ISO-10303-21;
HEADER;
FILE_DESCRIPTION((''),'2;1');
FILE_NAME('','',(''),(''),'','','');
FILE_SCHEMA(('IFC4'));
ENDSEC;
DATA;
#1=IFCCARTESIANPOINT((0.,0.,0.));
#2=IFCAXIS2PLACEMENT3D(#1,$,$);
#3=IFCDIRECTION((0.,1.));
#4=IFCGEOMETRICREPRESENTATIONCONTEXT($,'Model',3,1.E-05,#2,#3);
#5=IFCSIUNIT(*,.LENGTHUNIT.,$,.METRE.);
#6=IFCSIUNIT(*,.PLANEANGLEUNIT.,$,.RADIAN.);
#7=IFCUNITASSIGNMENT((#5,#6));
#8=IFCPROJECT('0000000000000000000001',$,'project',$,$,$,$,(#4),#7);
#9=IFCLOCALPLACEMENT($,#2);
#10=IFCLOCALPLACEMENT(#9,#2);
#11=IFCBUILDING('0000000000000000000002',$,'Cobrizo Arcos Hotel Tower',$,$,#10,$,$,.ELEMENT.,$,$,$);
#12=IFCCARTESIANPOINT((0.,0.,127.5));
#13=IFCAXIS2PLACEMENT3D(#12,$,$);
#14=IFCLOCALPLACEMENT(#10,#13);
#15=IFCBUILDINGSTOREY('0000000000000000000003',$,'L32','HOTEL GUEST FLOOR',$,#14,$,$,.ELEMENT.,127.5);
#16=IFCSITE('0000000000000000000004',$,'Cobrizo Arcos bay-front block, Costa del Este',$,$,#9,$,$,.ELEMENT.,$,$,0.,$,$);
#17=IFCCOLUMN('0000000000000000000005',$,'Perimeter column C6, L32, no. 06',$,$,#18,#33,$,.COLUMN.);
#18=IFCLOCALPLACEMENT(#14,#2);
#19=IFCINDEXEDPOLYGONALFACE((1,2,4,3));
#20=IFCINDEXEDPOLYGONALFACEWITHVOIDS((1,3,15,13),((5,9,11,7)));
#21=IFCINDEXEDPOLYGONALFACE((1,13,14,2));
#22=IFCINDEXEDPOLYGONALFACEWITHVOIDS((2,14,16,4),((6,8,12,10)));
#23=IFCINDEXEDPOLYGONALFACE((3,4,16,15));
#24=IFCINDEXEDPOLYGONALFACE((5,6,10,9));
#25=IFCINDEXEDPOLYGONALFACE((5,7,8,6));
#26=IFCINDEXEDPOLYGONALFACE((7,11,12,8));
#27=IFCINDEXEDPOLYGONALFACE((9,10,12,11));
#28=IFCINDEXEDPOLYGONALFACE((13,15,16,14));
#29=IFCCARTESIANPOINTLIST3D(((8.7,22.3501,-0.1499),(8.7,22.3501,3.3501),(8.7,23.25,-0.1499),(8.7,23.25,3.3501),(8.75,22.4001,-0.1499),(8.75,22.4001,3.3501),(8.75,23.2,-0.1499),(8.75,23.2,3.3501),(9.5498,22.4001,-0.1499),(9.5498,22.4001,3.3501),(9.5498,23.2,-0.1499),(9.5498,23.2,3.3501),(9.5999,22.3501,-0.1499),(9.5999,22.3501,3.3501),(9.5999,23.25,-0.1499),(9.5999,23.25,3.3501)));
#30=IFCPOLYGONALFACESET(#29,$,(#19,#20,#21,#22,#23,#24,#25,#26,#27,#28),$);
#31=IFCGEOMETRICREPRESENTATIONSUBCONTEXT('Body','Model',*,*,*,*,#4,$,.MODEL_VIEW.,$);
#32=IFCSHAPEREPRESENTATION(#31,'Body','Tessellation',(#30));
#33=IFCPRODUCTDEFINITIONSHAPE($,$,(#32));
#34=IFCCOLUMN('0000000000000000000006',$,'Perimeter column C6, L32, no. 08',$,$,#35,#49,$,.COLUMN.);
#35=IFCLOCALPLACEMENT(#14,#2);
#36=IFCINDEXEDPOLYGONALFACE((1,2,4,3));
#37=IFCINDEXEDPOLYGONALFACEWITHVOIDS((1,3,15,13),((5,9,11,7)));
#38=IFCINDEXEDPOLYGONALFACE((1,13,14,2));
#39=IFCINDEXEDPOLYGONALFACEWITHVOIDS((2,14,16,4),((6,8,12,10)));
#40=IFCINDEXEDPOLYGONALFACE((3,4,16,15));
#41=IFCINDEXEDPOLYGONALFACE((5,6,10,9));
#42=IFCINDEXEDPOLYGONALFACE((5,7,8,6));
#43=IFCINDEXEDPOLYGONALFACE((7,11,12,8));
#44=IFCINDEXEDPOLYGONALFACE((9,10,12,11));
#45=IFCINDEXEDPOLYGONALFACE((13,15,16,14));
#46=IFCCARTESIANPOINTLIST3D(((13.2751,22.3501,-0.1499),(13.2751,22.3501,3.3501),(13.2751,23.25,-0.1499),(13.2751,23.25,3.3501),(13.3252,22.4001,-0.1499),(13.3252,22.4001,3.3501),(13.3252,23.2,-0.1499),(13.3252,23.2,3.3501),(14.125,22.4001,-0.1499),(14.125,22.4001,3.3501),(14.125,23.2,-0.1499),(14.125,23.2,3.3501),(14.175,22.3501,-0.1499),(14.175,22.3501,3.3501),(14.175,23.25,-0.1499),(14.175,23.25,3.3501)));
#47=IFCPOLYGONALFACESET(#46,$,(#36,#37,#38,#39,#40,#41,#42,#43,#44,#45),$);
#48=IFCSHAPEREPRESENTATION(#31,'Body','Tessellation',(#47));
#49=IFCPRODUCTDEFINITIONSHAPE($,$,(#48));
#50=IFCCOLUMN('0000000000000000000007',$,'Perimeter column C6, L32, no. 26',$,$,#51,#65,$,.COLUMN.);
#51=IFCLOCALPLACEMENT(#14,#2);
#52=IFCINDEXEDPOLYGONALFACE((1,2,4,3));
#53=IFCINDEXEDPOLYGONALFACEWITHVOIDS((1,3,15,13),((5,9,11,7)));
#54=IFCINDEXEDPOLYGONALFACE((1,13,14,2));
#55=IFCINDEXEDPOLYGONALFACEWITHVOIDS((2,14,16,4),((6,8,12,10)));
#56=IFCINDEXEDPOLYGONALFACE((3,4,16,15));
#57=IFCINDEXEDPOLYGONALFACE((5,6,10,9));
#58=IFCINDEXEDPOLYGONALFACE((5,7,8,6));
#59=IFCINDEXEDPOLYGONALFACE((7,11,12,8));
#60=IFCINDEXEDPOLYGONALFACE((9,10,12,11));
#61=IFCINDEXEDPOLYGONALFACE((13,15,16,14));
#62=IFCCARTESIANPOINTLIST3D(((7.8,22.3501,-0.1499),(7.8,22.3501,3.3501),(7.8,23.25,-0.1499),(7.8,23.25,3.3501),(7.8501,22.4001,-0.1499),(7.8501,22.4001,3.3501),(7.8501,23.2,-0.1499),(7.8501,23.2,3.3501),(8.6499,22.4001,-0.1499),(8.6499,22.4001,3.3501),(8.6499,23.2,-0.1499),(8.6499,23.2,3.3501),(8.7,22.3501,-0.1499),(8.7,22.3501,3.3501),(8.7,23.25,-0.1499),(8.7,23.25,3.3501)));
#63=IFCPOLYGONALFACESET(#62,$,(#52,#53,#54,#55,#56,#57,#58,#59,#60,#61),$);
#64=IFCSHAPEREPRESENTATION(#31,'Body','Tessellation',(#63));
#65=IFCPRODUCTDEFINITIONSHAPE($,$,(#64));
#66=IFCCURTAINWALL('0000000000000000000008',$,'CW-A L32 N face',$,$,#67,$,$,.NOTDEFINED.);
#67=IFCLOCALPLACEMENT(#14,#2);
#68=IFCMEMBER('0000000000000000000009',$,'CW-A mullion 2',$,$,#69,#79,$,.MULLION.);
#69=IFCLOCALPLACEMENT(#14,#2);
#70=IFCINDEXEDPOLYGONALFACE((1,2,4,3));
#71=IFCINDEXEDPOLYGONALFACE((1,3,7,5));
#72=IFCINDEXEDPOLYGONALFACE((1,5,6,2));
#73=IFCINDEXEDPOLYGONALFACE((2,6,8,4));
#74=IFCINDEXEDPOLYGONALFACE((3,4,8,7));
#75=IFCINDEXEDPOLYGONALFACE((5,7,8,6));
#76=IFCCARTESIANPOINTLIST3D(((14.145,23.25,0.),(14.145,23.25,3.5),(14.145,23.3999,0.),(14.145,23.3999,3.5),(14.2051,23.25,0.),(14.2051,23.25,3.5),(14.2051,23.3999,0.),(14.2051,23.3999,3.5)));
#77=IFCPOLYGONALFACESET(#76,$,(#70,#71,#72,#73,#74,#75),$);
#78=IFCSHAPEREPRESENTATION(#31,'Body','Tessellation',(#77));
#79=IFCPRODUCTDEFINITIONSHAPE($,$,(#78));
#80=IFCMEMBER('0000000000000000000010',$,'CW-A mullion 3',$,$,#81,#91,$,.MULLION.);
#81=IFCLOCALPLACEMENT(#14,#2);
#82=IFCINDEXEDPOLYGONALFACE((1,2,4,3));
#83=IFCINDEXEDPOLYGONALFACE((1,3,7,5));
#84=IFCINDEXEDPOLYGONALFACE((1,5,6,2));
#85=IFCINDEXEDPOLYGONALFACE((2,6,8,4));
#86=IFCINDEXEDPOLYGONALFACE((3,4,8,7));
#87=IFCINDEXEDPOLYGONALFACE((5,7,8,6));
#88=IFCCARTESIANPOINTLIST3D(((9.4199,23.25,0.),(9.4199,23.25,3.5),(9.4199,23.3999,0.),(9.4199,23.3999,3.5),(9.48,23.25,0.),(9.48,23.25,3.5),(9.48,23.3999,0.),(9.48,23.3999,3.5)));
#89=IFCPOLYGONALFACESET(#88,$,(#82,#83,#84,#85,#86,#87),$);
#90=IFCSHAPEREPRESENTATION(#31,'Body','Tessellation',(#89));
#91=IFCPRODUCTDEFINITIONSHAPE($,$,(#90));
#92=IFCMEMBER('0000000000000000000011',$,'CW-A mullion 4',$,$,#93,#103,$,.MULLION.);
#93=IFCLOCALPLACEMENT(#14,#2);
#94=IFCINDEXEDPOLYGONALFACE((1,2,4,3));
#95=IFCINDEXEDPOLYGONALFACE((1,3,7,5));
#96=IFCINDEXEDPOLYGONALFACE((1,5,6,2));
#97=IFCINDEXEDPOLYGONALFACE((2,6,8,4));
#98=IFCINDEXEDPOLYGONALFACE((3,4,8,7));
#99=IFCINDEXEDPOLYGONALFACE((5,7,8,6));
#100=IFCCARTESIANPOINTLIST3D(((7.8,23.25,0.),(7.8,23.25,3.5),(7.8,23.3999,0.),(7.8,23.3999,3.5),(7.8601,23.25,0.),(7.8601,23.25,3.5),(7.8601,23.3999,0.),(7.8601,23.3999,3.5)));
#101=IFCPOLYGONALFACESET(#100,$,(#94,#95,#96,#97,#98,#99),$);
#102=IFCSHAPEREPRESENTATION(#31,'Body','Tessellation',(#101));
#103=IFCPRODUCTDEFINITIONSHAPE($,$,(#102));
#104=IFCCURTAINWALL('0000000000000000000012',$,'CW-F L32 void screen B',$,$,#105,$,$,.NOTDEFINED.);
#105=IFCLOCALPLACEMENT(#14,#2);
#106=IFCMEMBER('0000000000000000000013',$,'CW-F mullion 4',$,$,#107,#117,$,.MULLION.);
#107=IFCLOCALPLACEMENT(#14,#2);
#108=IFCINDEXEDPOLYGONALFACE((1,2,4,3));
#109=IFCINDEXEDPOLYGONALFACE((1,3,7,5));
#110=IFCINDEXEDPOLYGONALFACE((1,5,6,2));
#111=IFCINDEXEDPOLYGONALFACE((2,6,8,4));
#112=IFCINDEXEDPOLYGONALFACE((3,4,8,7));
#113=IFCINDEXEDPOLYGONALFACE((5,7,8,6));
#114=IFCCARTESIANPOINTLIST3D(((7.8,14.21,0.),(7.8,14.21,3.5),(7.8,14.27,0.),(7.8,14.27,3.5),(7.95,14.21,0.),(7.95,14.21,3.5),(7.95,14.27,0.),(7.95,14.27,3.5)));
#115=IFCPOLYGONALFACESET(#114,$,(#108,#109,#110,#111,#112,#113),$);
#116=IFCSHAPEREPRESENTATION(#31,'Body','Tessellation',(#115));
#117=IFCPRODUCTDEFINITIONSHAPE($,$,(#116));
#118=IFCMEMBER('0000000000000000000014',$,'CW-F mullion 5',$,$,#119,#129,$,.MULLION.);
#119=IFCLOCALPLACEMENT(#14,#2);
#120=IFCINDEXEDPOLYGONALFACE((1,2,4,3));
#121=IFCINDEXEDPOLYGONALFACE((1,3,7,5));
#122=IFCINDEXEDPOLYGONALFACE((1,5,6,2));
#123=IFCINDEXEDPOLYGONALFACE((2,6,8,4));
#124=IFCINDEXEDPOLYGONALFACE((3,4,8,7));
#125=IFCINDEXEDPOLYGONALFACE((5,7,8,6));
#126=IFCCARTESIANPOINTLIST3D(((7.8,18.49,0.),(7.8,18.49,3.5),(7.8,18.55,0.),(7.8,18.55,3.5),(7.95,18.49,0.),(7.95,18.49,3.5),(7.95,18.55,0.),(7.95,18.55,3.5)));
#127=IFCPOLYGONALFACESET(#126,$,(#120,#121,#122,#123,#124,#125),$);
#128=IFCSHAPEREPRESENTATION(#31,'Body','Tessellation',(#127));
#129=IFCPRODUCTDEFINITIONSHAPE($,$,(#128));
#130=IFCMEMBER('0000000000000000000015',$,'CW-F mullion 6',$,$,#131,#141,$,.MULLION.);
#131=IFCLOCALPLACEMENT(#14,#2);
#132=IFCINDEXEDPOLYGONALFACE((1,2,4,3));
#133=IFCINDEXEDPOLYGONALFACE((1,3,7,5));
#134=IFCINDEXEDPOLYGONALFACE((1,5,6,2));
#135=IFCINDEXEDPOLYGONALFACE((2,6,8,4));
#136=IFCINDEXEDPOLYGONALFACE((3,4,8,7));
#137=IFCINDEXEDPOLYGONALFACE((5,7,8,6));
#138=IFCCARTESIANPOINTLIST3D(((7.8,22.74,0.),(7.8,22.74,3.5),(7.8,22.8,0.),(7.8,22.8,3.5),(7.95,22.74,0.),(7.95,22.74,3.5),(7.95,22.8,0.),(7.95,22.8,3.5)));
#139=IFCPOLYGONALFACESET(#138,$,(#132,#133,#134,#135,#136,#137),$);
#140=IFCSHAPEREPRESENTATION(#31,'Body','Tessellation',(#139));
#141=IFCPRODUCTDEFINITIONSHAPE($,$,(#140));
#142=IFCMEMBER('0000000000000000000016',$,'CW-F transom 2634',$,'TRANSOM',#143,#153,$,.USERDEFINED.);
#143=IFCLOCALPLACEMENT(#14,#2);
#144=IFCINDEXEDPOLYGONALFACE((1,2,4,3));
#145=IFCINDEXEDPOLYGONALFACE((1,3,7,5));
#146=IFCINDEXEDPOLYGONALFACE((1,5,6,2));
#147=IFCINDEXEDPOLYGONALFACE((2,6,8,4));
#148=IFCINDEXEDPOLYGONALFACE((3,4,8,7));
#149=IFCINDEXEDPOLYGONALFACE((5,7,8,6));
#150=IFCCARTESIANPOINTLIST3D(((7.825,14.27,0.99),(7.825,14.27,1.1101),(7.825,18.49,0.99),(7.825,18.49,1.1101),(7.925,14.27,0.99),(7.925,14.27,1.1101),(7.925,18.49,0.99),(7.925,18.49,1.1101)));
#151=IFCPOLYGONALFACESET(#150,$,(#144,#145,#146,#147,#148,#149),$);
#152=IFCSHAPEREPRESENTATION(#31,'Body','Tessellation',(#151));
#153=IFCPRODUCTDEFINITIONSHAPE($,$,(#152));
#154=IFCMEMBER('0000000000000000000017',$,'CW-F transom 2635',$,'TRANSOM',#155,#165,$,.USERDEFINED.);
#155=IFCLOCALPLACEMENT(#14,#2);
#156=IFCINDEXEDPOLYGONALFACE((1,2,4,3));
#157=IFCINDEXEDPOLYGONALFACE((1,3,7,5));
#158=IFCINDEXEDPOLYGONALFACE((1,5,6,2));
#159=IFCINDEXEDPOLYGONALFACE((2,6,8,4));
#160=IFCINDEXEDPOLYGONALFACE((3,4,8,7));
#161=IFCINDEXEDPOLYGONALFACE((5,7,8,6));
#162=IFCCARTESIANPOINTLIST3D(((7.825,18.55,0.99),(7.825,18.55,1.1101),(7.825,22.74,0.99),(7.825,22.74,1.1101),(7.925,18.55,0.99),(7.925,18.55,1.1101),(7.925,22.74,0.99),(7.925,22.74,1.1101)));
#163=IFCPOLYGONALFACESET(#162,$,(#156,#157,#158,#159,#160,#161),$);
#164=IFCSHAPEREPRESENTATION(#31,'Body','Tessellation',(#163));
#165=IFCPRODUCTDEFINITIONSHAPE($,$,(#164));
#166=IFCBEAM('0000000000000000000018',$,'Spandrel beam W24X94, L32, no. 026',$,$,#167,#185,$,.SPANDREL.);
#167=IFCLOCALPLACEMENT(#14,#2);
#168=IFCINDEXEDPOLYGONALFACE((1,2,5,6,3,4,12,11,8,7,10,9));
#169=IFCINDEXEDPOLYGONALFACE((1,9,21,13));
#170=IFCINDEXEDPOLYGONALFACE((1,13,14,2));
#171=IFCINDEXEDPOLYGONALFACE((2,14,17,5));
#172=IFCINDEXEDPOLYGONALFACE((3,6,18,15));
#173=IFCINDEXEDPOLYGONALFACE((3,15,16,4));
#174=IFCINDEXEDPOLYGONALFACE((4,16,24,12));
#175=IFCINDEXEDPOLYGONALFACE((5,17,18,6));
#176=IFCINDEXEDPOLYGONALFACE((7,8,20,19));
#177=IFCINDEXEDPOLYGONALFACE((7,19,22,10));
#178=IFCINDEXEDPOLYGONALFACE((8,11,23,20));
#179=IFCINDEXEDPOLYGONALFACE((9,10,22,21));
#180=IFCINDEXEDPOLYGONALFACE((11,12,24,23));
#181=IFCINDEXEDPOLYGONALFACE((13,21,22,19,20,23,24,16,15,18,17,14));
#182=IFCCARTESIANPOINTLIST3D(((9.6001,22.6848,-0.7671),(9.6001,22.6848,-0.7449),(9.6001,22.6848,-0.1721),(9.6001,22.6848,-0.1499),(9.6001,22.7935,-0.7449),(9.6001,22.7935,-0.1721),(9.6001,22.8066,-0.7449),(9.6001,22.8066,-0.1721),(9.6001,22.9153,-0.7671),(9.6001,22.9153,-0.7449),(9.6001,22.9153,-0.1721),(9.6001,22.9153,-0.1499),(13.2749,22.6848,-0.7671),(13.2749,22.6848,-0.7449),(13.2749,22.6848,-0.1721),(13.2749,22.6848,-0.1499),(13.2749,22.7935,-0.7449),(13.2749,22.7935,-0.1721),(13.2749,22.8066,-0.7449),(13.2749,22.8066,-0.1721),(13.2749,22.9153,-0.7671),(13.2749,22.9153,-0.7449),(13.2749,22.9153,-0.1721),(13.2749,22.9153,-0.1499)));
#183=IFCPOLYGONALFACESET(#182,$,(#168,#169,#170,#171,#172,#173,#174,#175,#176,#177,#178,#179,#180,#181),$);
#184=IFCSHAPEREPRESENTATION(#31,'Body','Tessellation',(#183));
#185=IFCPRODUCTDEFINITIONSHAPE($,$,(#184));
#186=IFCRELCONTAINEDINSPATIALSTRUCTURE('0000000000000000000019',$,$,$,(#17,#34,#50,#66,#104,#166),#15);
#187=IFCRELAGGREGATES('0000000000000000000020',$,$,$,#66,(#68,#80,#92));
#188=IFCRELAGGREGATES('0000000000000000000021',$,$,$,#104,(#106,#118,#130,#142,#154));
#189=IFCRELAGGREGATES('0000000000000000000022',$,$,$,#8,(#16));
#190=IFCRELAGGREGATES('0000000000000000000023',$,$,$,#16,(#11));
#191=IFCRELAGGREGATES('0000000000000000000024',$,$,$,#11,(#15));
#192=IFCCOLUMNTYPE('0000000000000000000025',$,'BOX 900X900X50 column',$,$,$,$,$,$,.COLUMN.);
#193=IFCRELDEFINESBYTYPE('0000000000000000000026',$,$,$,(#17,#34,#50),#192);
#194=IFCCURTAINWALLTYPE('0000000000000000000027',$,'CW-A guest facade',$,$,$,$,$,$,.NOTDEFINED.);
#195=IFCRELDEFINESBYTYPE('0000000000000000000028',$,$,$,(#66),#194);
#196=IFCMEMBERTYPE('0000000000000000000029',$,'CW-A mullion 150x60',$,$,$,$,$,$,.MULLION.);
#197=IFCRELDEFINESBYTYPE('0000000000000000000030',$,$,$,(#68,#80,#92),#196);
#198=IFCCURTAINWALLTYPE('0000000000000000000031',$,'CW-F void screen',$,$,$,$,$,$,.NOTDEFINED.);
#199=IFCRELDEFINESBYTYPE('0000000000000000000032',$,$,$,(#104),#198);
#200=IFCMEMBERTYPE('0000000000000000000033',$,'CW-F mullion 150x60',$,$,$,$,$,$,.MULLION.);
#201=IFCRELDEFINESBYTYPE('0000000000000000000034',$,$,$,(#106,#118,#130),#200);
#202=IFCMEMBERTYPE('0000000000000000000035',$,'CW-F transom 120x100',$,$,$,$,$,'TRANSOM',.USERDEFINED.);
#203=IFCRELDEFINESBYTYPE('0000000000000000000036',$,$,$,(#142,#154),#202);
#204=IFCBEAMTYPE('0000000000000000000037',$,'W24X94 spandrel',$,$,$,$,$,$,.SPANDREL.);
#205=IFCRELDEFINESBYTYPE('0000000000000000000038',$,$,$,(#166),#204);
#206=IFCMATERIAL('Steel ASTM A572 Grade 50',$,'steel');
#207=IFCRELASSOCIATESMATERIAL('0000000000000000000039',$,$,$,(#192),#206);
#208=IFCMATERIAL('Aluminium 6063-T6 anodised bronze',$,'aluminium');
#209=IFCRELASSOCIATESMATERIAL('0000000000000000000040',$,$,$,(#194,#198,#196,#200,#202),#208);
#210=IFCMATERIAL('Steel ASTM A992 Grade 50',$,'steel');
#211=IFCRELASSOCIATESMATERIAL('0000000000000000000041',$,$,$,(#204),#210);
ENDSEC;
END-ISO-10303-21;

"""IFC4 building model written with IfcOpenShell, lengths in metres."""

from ifc_helpers import new_model, si_unit, direction, frame, origin, origin_2d, place, context, subcontext, project, spatial, rectangle, hollow_rectangle, i_section, extrude, material, material_profile, profile_set, type_object, element, aggregate, save


model = new_model("IFC4")

# Units and contexts
model_context = context("Model", 3, precision=1e-05, world=origin(), true_north=direction((0.0, 1.0)))
body_context = subcontext(model_context, "Body", "Model", "MODEL_VIEW")
ifc_project = project(units=[si_unit("LENGTHUNIT", "METRE"), si_unit("PLANEANGLEUNIT", "RADIAN")], contexts=[model_context])

# Site, building, storey
site_placement = place(None, origin())
site = spatial("IfcSite", under=ifc_project, at=site_placement, Name="Cobrizo Arcos bay-front block, Costa del Este", CompositionType="ELEMENT", RefElevation=0.0)
building_placement = place(site_placement, origin())
building = spatial("IfcBuilding", under=site, at=building_placement, Name="Cobrizo Arcos Hotel Tower", CompositionType="ELEMENT")
storey_placement = place(building_placement, frame((0.0, 0.0, 127.5)))
storey = spatial("IfcBuildingStorey", under=building, at=storey_placement, Name="L32", Description="HOTEL GUEST FLOOR", CompositionType="ELEMENT", Elevation=127.5)

# Columns
ifc_material_1 = material(Name="Steel ASTM A572 Grade 50", Category="steel")
ifc_material_profile_1 = material_profile(ifc_material_1, hollow_rectangle(XDim=0.8999, YDim=0.8999, WallThickness=0.05, at=origin_2d()), Name="BOX 900X900X50")
ifc_profile_set_1 = profile_set([ifc_material_profile_1], Name="Steel ASTM A572 Grade 50")
column_type = type_object("IfcColumnType", Name="BOX 900X900X50 column", PredefinedType="COLUMN", material=ifc_profile_set_1)
for number, where, z_axis, x_axis, name in (
    (1, (9.1499, 22.8, -0.1499), (0.0, 0.0, 1.0), (1.0, 0.0, 0.0), "Perimeter column C6, L32, no. 06"),
    (2, (13.7251, 22.8, -0.1499), (0.0, 0.0, 1.0), (1.0, 0.0, 0.0), "Perimeter column C6, L32, no. 08"),
    (3, (8.25, 22.8, -0.1499), (0.0, 0.0, 1.0), (1.0, 0.0, 0.0), "Perimeter column C6, L32, no. 26"),
):
    element("IfcColumn", number, at=place(storey_placement, frame(where, z_axis=z_axis, x_axis=x_axis)), inside=storey, type_object=column_type, Name=name, PredefinedType="COLUMN", context=body_context, shape_type="SweptSolid", body=[
        extrude(hollow_rectangle(XDim=0.8999, YDim=0.8999, WallThickness=0.05, at=origin_2d()), origin(), (0.0, 0.0, 1.0), 3.5),
    ])

# Curtain walls, members
ifc_material_2 = material(Name="Aluminium 6063-T6 anodised bronze", Category="aluminium")
curtain_wall_type_1 = type_object("IfcCurtainWallType", Name="CW-A guest facade", PredefinedType="NOTDEFINED", material=ifc_material_2)
curtain_wall_1_placement = place(storey_placement, origin())
curtain_wall_1 = element("IfcCurtainWall", 4, at=curtain_wall_1_placement, inside=storey, type_object=curtain_wall_type_1, Name="CW-A L32 N face", PredefinedType="NOTDEFINED")
ifc_material_profile_2 = material_profile(ifc_material_2, rectangle(XDim=0.1499, YDim=0.0601, at=origin_2d()), Name="CW-A mullion 150x60")
ifc_profile_set_2 = profile_set([ifc_material_profile_2], Name="Aluminium 6063-T6 anodised bronze")
member_type_1 = type_object("IfcMemberType", Name="CW-A mullion 150x60", PredefinedType="MULLION", material=ifc_profile_set_2)
member_1_placement = place(storey_placement, frame((14.175, 23.325, 0.0), z_axis=(0.0, 0.0, 1.0), x_axis=(0.0, 1.0, 0.0)))
member_1 = element("IfcMember", 5, at=member_1_placement, type_object=member_type_1, Name="CW-A mullion 2", PredefinedType="MULLION", context=body_context, shape_type="SweptSolid", body=[
    extrude(rectangle(XDim=0.1499, YDim=0.0601, at=origin_2d()), origin(), (0.0, 0.0, 1.0), 3.5),
])
member_2_placement = place(storey_placement, frame((9.45, 23.325, 0.0), z_axis=(0.0, 0.0, 1.0), x_axis=(0.0, 1.0, 0.0)))
member_2 = element("IfcMember", 6, at=member_2_placement, type_object=member_type_1, Name="CW-A mullion 3", PredefinedType="MULLION", context=body_context, shape_type="SweptSolid", body=[
    extrude(rectangle(XDim=0.1499, YDim=0.0601, at=origin_2d()), origin(), (0.0, 0.0, 1.0), 3.5),
])
member_3_placement = place(storey_placement, frame((7.8301, 23.325, 0.0), z_axis=(0.0, 0.0, 1.0), x_axis=(0.0, 1.0, 0.0)))
member_3 = element("IfcMember", 7, at=member_3_placement, type_object=member_type_1, Name="CW-A mullion 4", PredefinedType="MULLION", context=body_context, shape_type="SweptSolid", body=[
    extrude(rectangle(XDim=0.1499, YDim=0.0601, at=origin_2d()), origin(), (0.0, 0.0, 1.0), 3.5),
])
curtain_wall_type_2 = type_object("IfcCurtainWallType", Name="CW-F void screen", PredefinedType="NOTDEFINED", material=ifc_material_2)
curtain_wall_2_placement = place(storey_placement, origin())
curtain_wall_2 = element("IfcCurtainWall", 8, at=curtain_wall_2_placement, inside=storey, type_object=curtain_wall_type_2, Name="CW-F L32 void screen B", PredefinedType="NOTDEFINED")
ifc_material_profile_3 = material_profile(ifc_material_2, rectangle(XDim=0.1499, YDim=0.0601, at=origin_2d()), Name="CW-F mullion 150x60")
ifc_profile_set_3 = profile_set([ifc_material_profile_3], Name="Aluminium 6063-T6 anodised bronze")
member_type_2 = type_object("IfcMemberType", Name="CW-F mullion 150x60", PredefinedType="MULLION", material=ifc_profile_set_3)
member_4_placement = place(storey_placement, frame((7.875, 14.24, 0.0), z_axis=(0.0, 0.0, 1.0), x_axis=(1.0, 0.0, 0.0)))
member_4 = element("IfcMember", 9, at=member_4_placement, type_object=member_type_2, Name="CW-F mullion 4", PredefinedType="MULLION", context=body_context, shape_type="SweptSolid", body=[
    extrude(rectangle(XDim=0.1499, YDim=0.0601, at=origin_2d()), origin(), (0.0, 0.0, 1.0), 3.5),
])
member_5_placement = place(storey_placement, frame((7.875, 18.52, 0.0), z_axis=(0.0, 0.0, 1.0), x_axis=(1.0, 0.0, 0.0)))
member_5 = element("IfcMember", 10, at=member_5_placement, type_object=member_type_2, Name="CW-F mullion 5", PredefinedType="MULLION", context=body_context, shape_type="SweptSolid", body=[
    extrude(rectangle(XDim=0.1499, YDim=0.0601, at=origin_2d()), origin(), (0.0, 0.0, 1.0), 3.5),
])
member_6_placement = place(storey_placement, frame((7.875, 22.77, 0.0), z_axis=(0.0, 0.0, 1.0), x_axis=(1.0, 0.0, 0.0)))
member_6 = element("IfcMember", 11, at=member_6_placement, type_object=member_type_2, Name="CW-F mullion 6", PredefinedType="MULLION", context=body_context, shape_type="SweptSolid", body=[
    extrude(rectangle(XDim=0.1499, YDim=0.0601, at=origin_2d()), origin(), (0.0, 0.0, 1.0), 3.5),
])
ifc_material_profile_4 = material_profile(ifc_material_2, rectangle(XDim=0.1001, YDim=0.1201, at=origin_2d()), Name="CW-F transom 120x100")
ifc_profile_set_4 = profile_set([ifc_material_profile_4], Name="Aluminium 6063-T6 anodised bronze")
member_type_3 = type_object("IfcMemberType", Name="CW-F transom 120x100", ElementType="TRANSOM", PredefinedType="USERDEFINED", material=ifc_profile_set_4)
member_7_placement = place(storey_placement, frame((7.875, 14.27, 1.05), z_axis=(0.0, 1.0, 0.0), x_axis=(-1.0, 0.0, 0.0)))
member_7 = element("IfcMember", 12, at=member_7_placement, type_object=member_type_3, Name="CW-F transom 2634", ObjectType="TRANSOM", PredefinedType="USERDEFINED", context=body_context, shape_type="SweptSolid", body=[
    extrude(rectangle(XDim=0.1001, YDim=0.1201, at=origin_2d()), origin(), (0.0, 0.0, 1.0), 4.22),
])
member_8_placement = place(storey_placement, frame((7.875, 18.55, 1.05), z_axis=(0.0, 1.0, 0.0), x_axis=(-1.0, 0.0, 0.0)))
member_8 = element("IfcMember", 13, at=member_8_placement, type_object=member_type_3, Name="CW-F transom 2635", ObjectType="TRANSOM", PredefinedType="USERDEFINED", context=body_context, shape_type="SweptSolid", body=[
    extrude(rectangle(XDim=0.1001, YDim=0.1201, at=origin_2d()), origin(), (0.0, 0.0, 1.0), 4.1899),
])

# Beam
ifc_material_3 = material(Name="Steel ASTM A992 Grade 50", Category="steel")
ifc_material_profile_5 = material_profile(ifc_material_3, i_section(OverallWidth=0.2305, OverallDepth=0.6172, WebThickness=0.0132, FlangeThickness=0.0222, at=origin_2d()), Name="W24X94")
ifc_profile_set_5 = profile_set([ifc_material_profile_5], Name="Steel ASTM A992 Grade 50")
beam_type = type_object("IfcBeamType", Name="W24X94 spandrel", PredefinedType="SPANDREL", material=ifc_profile_set_5)
beam_1_placement = place(storey_placement, frame((9.6001, 22.8, -0.4585), z_axis=(1.0, 0.0, 0.0), x_axis=(0.0, 1.0, 0.0)))
element("IfcBeam", 14, at=beam_1_placement, inside=storey, type_object=beam_type, Name="Spandrel beam W24X94, L32, no. 026", PredefinedType="SPANDREL", context=body_context, shape_type="SweptSolid", body=[
    extrude(i_section(OverallWidth=0.2305, OverallDepth=0.6172, WebThickness=0.0132, FlangeThickness=0.0222, at=origin_2d()), origin(), (0.0, 0.0, 1.0), 3.6748),
])

aggregate(curtain_wall_1, [member_1, member_2, member_3])
aggregate(curtain_wall_2, [member_4, member_5, member_6, member_7, member_8])

save(model, "model.ifc")
